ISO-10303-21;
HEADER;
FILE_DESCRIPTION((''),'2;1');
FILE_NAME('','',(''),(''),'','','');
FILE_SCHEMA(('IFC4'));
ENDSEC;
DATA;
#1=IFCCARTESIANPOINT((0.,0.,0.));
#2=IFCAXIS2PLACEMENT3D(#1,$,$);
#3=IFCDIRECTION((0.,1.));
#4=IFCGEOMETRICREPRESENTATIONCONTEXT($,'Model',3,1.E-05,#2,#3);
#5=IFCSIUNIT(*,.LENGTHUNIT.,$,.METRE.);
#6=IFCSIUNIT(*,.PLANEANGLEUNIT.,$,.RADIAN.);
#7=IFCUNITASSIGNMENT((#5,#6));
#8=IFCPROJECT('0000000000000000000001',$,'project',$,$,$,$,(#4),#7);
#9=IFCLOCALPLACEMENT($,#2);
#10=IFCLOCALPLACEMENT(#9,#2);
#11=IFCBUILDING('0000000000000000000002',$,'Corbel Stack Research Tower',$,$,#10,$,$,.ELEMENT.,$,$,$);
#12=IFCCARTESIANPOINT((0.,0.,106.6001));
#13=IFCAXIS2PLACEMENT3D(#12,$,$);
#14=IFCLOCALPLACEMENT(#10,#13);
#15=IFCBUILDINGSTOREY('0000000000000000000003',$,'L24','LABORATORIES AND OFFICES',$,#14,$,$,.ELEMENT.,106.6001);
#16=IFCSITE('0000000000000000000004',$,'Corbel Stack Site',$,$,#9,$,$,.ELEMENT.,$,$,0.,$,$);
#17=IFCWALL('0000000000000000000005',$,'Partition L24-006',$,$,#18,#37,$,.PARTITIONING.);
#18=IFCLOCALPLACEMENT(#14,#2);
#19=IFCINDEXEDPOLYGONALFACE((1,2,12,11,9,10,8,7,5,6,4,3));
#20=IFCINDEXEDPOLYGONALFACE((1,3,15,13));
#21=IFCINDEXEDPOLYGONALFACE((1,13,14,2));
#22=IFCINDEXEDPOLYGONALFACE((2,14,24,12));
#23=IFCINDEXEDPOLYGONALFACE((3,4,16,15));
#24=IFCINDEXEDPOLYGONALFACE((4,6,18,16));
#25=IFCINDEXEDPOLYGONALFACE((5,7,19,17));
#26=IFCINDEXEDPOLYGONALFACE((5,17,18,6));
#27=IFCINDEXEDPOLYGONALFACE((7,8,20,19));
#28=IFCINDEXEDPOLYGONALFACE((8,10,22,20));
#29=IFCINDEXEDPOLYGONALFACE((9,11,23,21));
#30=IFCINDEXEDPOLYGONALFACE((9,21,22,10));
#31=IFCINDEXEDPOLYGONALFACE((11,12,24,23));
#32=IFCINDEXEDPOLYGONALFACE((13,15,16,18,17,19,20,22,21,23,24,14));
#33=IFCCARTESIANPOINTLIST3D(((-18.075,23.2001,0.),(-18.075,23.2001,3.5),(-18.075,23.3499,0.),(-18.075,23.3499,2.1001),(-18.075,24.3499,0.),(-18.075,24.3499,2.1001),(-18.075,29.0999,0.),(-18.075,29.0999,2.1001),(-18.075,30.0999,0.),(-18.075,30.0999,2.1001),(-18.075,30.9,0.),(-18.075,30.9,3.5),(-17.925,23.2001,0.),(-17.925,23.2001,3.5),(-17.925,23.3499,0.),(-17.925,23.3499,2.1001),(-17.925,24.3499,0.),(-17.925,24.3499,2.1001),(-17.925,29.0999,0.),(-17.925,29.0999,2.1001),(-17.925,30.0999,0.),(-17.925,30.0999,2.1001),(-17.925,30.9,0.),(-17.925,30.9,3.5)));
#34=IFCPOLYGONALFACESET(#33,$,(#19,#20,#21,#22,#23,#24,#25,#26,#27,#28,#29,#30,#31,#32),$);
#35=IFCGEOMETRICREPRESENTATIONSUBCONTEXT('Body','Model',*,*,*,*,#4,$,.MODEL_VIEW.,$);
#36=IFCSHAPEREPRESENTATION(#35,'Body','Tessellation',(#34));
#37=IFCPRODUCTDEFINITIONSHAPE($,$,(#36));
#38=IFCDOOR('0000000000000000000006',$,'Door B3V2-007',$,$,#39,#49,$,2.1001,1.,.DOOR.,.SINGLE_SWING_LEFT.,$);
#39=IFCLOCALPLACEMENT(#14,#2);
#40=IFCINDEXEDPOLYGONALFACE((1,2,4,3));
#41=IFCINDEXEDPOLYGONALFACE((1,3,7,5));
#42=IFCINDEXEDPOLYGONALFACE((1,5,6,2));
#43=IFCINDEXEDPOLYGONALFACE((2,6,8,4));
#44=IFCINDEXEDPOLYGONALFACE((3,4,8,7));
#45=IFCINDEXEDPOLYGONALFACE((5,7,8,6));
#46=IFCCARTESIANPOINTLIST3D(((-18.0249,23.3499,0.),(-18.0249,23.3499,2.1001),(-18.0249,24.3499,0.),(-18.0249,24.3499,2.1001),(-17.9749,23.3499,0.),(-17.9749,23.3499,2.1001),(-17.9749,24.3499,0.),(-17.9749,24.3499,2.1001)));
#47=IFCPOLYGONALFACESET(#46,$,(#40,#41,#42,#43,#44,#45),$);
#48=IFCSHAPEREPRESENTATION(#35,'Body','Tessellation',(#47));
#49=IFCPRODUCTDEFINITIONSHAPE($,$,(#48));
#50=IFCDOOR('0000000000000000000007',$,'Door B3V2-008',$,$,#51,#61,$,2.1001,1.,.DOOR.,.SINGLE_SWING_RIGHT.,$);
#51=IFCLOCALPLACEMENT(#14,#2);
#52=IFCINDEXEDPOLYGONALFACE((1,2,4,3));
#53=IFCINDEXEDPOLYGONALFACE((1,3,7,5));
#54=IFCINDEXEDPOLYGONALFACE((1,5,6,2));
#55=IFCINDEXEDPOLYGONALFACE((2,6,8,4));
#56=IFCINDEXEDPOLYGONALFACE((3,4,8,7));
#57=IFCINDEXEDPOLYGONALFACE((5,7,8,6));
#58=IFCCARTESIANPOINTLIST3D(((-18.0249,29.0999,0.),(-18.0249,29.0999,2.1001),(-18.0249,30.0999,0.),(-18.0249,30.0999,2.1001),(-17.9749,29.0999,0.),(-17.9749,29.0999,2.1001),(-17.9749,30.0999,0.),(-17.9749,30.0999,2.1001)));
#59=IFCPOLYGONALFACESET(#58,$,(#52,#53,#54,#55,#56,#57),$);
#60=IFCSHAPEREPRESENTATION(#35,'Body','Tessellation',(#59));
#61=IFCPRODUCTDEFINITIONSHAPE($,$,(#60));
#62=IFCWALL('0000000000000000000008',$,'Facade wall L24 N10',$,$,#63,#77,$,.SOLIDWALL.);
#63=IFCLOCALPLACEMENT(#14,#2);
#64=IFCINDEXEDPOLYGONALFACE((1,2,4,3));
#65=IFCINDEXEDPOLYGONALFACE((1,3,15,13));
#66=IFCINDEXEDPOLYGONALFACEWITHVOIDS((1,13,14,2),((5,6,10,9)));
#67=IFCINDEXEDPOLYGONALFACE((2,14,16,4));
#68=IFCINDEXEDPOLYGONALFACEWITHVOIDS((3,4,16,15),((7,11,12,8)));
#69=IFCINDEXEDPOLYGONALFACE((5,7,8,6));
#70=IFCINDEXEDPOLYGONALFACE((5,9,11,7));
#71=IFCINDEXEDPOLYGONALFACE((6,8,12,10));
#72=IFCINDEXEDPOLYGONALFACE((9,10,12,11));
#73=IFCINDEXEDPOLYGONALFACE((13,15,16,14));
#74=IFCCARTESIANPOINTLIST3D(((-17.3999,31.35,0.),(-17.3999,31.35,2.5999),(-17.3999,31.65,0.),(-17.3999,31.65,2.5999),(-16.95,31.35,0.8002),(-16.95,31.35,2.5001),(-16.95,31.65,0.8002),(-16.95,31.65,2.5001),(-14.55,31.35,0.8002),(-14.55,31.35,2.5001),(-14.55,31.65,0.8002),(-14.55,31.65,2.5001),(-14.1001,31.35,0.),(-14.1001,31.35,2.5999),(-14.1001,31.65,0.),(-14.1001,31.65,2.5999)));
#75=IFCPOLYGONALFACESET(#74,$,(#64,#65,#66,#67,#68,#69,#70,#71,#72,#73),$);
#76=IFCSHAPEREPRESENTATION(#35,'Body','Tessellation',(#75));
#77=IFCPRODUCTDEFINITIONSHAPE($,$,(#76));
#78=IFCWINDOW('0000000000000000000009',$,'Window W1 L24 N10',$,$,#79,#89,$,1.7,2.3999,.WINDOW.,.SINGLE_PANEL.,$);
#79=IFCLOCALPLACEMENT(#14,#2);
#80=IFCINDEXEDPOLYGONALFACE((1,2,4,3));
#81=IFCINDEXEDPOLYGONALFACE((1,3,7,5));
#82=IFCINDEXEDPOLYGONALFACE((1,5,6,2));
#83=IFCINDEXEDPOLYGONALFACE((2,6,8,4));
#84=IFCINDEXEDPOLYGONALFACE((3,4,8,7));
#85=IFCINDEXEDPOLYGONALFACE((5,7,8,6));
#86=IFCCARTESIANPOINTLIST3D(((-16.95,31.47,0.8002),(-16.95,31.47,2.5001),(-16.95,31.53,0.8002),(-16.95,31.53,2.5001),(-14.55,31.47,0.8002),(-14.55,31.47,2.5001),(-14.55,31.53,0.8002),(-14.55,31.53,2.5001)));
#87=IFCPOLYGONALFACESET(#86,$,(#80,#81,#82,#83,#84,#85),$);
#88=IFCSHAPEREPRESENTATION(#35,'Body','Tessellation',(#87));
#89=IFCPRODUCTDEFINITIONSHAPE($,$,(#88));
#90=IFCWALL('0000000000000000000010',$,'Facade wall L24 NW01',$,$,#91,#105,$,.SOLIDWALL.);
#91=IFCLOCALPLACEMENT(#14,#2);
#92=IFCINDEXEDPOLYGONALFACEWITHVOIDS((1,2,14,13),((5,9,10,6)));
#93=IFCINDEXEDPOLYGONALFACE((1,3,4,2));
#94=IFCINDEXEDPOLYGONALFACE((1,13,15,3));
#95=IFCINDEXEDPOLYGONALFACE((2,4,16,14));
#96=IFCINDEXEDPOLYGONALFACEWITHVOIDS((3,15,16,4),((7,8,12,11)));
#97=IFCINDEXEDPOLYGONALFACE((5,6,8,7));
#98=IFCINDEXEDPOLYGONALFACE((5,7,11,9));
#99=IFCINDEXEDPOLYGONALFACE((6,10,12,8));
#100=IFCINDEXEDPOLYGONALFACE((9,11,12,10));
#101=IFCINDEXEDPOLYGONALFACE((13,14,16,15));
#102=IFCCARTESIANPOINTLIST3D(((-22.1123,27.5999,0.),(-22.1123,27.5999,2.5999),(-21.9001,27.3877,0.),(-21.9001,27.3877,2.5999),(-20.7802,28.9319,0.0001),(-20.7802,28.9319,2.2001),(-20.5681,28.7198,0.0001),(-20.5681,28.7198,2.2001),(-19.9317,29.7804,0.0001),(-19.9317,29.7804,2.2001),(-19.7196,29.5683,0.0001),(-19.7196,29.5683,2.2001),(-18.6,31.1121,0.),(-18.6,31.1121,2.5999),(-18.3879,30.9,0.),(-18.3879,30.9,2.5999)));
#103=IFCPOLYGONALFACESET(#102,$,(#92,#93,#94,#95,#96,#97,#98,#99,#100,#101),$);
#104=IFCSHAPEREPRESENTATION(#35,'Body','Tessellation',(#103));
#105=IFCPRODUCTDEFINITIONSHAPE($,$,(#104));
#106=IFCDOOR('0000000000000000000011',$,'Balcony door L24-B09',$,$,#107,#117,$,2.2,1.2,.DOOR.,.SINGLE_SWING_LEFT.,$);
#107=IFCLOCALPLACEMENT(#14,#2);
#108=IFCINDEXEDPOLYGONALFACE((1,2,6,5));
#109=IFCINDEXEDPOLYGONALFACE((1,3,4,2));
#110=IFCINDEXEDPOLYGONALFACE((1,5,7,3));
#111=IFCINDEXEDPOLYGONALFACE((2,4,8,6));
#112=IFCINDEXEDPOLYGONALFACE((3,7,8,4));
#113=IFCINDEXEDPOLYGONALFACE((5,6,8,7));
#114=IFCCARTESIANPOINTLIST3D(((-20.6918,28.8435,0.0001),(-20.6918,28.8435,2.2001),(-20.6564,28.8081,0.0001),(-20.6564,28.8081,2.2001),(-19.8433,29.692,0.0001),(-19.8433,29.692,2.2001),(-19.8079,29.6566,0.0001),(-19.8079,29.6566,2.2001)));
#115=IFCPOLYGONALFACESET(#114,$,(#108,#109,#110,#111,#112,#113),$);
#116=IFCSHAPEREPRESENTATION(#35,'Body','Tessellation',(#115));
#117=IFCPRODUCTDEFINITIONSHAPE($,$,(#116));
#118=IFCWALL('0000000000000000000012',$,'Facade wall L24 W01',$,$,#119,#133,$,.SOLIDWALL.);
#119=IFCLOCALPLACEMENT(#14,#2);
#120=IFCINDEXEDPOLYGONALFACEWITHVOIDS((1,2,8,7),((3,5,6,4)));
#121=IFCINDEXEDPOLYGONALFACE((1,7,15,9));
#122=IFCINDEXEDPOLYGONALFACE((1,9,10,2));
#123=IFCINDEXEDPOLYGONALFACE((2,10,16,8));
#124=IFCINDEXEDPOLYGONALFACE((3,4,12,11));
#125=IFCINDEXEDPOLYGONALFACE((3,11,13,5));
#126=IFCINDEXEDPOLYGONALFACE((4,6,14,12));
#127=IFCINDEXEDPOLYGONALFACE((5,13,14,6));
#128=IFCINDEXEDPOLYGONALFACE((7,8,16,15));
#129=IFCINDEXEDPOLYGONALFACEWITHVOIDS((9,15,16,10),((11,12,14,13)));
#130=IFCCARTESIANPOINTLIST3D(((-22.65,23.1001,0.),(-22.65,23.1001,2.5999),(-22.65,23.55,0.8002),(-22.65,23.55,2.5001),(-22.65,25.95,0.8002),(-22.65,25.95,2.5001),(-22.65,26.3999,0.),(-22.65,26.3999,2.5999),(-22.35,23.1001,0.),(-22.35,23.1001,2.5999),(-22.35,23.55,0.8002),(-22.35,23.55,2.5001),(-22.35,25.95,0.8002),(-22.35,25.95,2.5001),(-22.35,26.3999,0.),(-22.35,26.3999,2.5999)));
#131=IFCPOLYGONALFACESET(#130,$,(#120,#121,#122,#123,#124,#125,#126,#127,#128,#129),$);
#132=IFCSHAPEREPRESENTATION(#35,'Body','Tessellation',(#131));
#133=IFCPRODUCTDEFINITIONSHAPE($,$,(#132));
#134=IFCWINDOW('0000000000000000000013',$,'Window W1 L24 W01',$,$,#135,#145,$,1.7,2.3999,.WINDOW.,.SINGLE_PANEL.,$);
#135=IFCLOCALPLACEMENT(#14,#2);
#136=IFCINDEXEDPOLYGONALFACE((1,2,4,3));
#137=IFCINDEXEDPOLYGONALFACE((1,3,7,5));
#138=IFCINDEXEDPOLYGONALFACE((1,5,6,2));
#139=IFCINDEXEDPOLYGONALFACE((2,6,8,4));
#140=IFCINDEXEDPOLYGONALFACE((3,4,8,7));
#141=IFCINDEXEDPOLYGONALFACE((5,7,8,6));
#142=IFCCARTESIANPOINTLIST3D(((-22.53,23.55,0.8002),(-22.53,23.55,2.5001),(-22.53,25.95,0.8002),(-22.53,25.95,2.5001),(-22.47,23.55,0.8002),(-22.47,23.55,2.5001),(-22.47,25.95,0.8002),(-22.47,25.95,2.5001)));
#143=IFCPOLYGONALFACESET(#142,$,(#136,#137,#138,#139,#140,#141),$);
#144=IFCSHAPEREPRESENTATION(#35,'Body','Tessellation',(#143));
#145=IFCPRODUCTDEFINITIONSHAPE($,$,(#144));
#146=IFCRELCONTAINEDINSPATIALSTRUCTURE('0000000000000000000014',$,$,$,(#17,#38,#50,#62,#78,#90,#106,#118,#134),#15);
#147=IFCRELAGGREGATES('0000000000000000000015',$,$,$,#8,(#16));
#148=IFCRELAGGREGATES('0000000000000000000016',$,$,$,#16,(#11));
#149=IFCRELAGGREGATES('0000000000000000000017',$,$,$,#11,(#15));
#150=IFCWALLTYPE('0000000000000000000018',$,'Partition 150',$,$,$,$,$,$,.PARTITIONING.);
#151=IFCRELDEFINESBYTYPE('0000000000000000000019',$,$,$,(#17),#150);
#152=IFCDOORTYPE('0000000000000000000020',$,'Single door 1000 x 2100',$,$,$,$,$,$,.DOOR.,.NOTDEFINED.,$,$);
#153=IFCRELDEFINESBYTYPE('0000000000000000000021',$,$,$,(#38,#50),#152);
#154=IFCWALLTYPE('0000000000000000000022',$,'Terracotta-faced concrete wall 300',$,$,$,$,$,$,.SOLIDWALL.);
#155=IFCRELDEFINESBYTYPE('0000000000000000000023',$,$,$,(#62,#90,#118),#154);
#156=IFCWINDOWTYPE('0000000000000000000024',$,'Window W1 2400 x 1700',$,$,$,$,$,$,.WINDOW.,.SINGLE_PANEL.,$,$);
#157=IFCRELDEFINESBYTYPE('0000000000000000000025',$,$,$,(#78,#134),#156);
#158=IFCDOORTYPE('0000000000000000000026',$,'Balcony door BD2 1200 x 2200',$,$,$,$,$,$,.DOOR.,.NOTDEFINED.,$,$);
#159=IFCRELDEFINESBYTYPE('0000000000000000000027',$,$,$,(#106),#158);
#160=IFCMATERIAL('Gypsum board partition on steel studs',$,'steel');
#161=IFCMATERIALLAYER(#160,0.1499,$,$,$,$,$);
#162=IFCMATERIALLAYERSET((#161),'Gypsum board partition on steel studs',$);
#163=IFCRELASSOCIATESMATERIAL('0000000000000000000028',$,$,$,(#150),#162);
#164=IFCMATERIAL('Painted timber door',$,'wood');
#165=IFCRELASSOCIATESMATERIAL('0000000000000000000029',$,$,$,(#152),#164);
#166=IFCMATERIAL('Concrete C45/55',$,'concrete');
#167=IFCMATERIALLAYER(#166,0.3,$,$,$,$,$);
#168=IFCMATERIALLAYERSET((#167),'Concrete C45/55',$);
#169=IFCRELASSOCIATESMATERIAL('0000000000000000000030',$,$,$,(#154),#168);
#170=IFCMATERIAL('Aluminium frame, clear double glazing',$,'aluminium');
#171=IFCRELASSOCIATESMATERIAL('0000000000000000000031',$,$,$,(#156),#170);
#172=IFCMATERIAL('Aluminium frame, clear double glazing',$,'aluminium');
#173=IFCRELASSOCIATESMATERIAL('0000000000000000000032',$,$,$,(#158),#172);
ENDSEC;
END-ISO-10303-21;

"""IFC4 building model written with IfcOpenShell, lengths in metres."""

from ifc_helpers import new_model, si_unit, direction, frame, frame_2d, origin, place, context, subcontext, project, spatial, rectangle, extrude, material, layer, layer_set, type_object, element, fill, save


model = new_model("IFC4")

# Units and contexts
model_context = context("Model", 3, precision=1e-05, world=origin(), true_north=direction((0.0, 1.0)))
body_context = subcontext(model_context, "Body", "Model", "MODEL_VIEW")
ifc_project = project(units=[si_unit("LENGTHUNIT", "METRE"), si_unit("PLANEANGLEUNIT", "RADIAN")], contexts=[model_context])

# Site, building, storey
site_placement = place(None, origin())
site = spatial("IfcSite", under=ifc_project, at=site_placement, Name="Corbel Stack Site", CompositionType="ELEMENT", RefElevation=0.0)
building_placement = place(site_placement, origin())
building = spatial("IfcBuilding", under=site, at=building_placement, Name="Corbel Stack Research Tower", CompositionType="ELEMENT")
storey_placement = place(building_placement, frame((0.0, 0.0, 106.6001)))
storey = spatial("IfcBuildingStorey", under=building, at=storey_placement, Name="L24", Description="LABORATORIES AND OFFICES", CompositionType="ELEMENT", Elevation=106.6001)

# Shared definitions
ifc_material_1 = material(Name="Gypsum board partition on steel studs", Category="steel")
ifc_layer_1 = layer(ifc_material_1, 0.1499)
ifc_layer_set_1 = layer_set([ifc_layer_1], Name="Gypsum board partition on steel studs")
wall_type_1 = type_object("IfcWallType", Name="Partition 150", PredefinedType="PARTITIONING", material=ifc_layer_set_1)

# Wall, openings, doors
wall_1_placement = place(storey_placement, frame((-18.0, 23.2, 0.0), z_axis=(0.0, 0.0, 1.0), x_axis=(0.0, 1.0, 0.0)))
wall_1 = element("IfcWall", 1, at=wall_1_placement, inside=storey, type_object=wall_type_1, Name="Partition L24-006", PredefinedType="PARTITIONING", context=body_context, shape_type="SweptSolid", body=[
    extrude(rectangle(XDim=7.7, YDim=0.1499, at=frame_2d((3.8501, 0.0))), origin(), (0.0, 0.0, 1.0), 3.5),
])
opening_1_placement = place(wall_1_placement, frame((0.1499, 0.0, 0.0)))
opening_1 = element("IfcOpeningElement", 2, at=opening_1_placement, cuts=wall_1, PredefinedType="OPENING", context=body_context, shape_type="SweptSolid", body=[
    extrude(rectangle(XDim=1.0, YDim=2.1001, at=frame_2d((0.5, 1.05))), frame((0.0, 0.085, 0.0), z_axis=(0.0, -1.0, 0.0), x_axis=(1.0, 0.0, 0.0)), (0.0, 0.0, 1.0), 0.1699),
])
opening_2_placement = place(wall_1_placement, frame((5.8999, 0.0, 0.0)))
opening_2 = element("IfcOpeningElement", 3, at=opening_2_placement, cuts=wall_1, PredefinedType="OPENING", context=body_context, shape_type="SweptSolid", body=[
    extrude(rectangle(XDim=1.0, YDim=2.1001, at=frame_2d((0.5, 1.05))), frame((0.0, 0.085, 0.0), z_axis=(0.0, -1.0, 0.0), x_axis=(1.0, 0.0, 0.0)), (0.0, 0.0, 1.0), 0.1699),
])
ifc_material_2 = material(Name="Painted timber door", Category="wood")
door_type_1 = type_object("IfcDoorType", Name="Single door 1000 x 2100", OperationType="NOTDEFINED", PredefinedType="DOOR", material=ifc_material_2)
door_1_placement = place(opening_1_placement, origin())
door_1 = element("IfcDoor", 4, at=door_1_placement, inside=storey, type_object=door_type_1, Name="Door B3V2-007", OperationType="SINGLE_SWING_LEFT", OverallHeight=2.1001, OverallWidth=1.0, PredefinedType="DOOR", context=body_context, shape_type="SweptSolid", body=[
    extrude(rectangle(XDim=1.0, YDim=2.1001, at=frame_2d((0.5, 1.05))), frame((0.0, 0.0249, 0.0), z_axis=(0.0, -1.0, 0.0), x_axis=(1.0, 0.0, 0.0)), (0.0, 0.0, 1.0), 0.05),
])
fill(opening_1, door_1)
door_2_placement = place(opening_2_placement, origin())
door_2 = element("IfcDoor", 5, at=door_2_placement, inside=storey, type_object=door_type_1, Name="Door B3V2-008", OperationType="SINGLE_SWING_RIGHT", OverallHeight=2.1001, OverallWidth=1.0, PredefinedType="DOOR", context=body_context, shape_type="SweptSolid", body=[
    extrude(rectangle(XDim=1.0, YDim=2.1001, at=frame_2d((0.5, 1.05))), frame((0.0, 0.0249, 0.0), z_axis=(0.0, -1.0, 0.0), x_axis=(1.0, 0.0, 0.0)), (0.0, 0.0, 1.0), 0.05),
])
fill(opening_2, door_2)

# Wall, opening, window
ifc_material_3 = material(Name="Concrete C45/55", Category="concrete")
ifc_layer_2 = layer(ifc_material_3, 0.3)
ifc_layer_set_2 = layer_set([ifc_layer_2], Name="Concrete C45/55")
wall_type_2 = type_object("IfcWallType", Name="Terracotta-faced concrete wall 300", PredefinedType="SOLIDWALL", material=ifc_layer_set_2)
wall_2_placement = place(storey_placement, frame((-17.3999, 31.5, 0.0), z_axis=(0.0, 0.0, 1.0), x_axis=(1.0, 0.0, 0.0)))
wall_2 = element("IfcWall", 6, at=wall_2_placement, inside=storey, type_object=wall_type_2, Name="Facade wall L24 N10", PredefinedType="SOLIDWALL", context=body_context, shape_type="SweptSolid", body=[
    extrude(rectangle(XDim=3.2998, YDim=0.3, at=frame_2d((1.6499, 0.0))), origin(), (0.0, 0.0, 1.0), 2.5999),
])
opening_3_placement = place(wall_2_placement, frame((0.45, 0.0, 0.8)))
opening_3 = element("IfcOpeningElement", 7, at=opening_3_placement, cuts=wall_2, PredefinedType="OPENING", context=body_context, shape_type="SweptSolid", body=[
    extrude(rectangle(XDim=2.3999, YDim=1.7, at=frame_2d((1.2, 0.8501))), frame((0.0, 0.1599, 0.0), z_axis=(0.0, -1.0, 0.0), x_axis=(1.0, 0.0, 0.0)), (0.0, 0.0, 1.0), 0.3201),
])
ifc_material_4 = material(Name="Aluminium frame, clear double glazing", Category="aluminium")
window_type = type_object("IfcWindowType", Name="Window W1 2400 x 1700", PartitioningType="SINGLE_PANEL", PredefinedType="WINDOW", material=ifc_material_4)
window_1_placement = place(opening_3_placement, origin())
window_1 = element("IfcWindow", 8, at=window_1_placement, inside=storey, type_object=window_type, Name="Window W1 L24 N10", OverallHeight=1.7, OverallWidth=2.3999, PartitioningType="SINGLE_PANEL", PredefinedType="WINDOW", context=body_context, shape_type="SweptSolid", body=[
    extrude(rectangle(XDim=2.3999, YDim=1.7, at=frame_2d((1.2, 0.8501))), frame((0.0, 0.03, 0.0), z_axis=(0.0, -1.0, 0.0), x_axis=(1.0, 0.0, 0.0)), (0.0, 0.0, 1.0), 0.0601),
])
fill(opening_3, window_1)

# Wall, opening, door
wall_3_placement = place(storey_placement, frame((-22.0061, 27.4939, 0.0), z_axis=(0.0, 0.0, 1.0), x_axis=(0.707107, 0.707107, 0.0)))
wall_3 = element("IfcWall", 9, at=wall_3_placement, inside=storey, type_object=wall_type_2, Name="Facade wall L24 NW01", PredefinedType="SOLIDWALL", context=body_context, shape_type="SweptSolid", body=[
    extrude(rectangle(XDim=4.967, YDim=0.3, at=frame_2d((2.4834, 0.0))), origin(), (0.0, 0.0, 1.0), 2.5999),
])
opening_4_placement = place(wall_3_placement, frame((1.8835, 0.0, 0.0)))
opening_4 = element("IfcOpeningElement", 10, at=opening_4_placement, cuts=wall_3, PredefinedType="OPENING", context=body_context, shape_type="SweptSolid", body=[
    extrude(rectangle(XDim=1.2, YDim=2.2, at=frame_2d((0.6001, 1.1001))), frame((0.0, 0.1599, 0.0), z_axis=(0.0, -1.0, 0.0), x_axis=(1.0, 0.0, 0.0)), (0.0, 0.0, 1.0), 0.3201),
])
ifc_material_5 = material(Name="Aluminium frame, clear double glazing", Category="aluminium")
door_type_2 = type_object("IfcDoorType", Name="Balcony door BD2 1200 x 2200", OperationType="NOTDEFINED", PredefinedType="DOOR", material=ifc_material_5)
door_3_placement = place(opening_4_placement, origin())
door_3 = element("IfcDoor", 11, at=door_3_placement, inside=storey, type_object=door_type_2, Name="Balcony door L24-B09", OperationType="SINGLE_SWING_LEFT", OverallHeight=2.2, OverallWidth=1.2, PredefinedType="DOOR", context=body_context, shape_type="SweptSolid", body=[
    extrude(rectangle(XDim=1.2, YDim=2.2, at=frame_2d((0.6001, 1.1001))), frame((0.0, 0.0249, 0.0), z_axis=(0.0, -1.0, 0.0), x_axis=(1.0, 0.0, 0.0)), (0.0, 0.0, 1.0), 0.05),
])
fill(opening_4, door_3)

# Wall, opening, window
wall_4_placement = place(storey_placement, frame((-22.5, 23.1001, 0.0), z_axis=(0.0, 0.0, 1.0), x_axis=(0.0, 1.0, 0.0)))
wall_4 = element("IfcWall", 12, at=wall_4_placement, inside=storey, type_object=wall_type_2, Name="Facade wall L24 W01", PredefinedType="SOLIDWALL", context=body_context, shape_type="SweptSolid", body=[
    extrude(rectangle(XDim=3.2998, YDim=0.3, at=frame_2d((1.6499, 0.0))), origin(), (0.0, 0.0, 1.0), 2.5999),
])
opening_5_placement = place(wall_4_placement, frame((0.45, 0.0, 0.8)))
opening_5 = element("IfcOpeningElement", 13, at=opening_5_placement, cuts=wall_4, PredefinedType="OPENING", context=body_context, shape_type="SweptSolid", body=[
    extrude(rectangle(XDim=2.3999, YDim=1.7, at=frame_2d((1.2, 0.8501))), frame((0.0, 0.1599, 0.0), z_axis=(0.0, -1.0, 0.0), x_axis=(1.0, 0.0, 0.0)), (0.0, 0.0, 1.0), 0.3201),
])
window_2_placement = place(opening_5_placement, origin())
window_2 = element("IfcWindow", 14, at=window_2_placement, inside=storey, type_object=window_type, Name="Window W1 L24 W01", OverallHeight=1.7, OverallWidth=2.3999, PartitioningType="SINGLE_PANEL", PredefinedType="WINDOW", context=body_context, shape_type="SweptSolid", body=[
    extrude(rectangle(XDim=2.3999, YDim=1.7, at=frame_2d((1.2, 0.8501))), frame((0.0, 0.03, 0.0), z_axis=(0.0, -1.0, 0.0), x_axis=(1.0, 0.0, 0.0)), (0.0, 0.0, 1.0), 0.0601),
])
fill(opening_5, window_2)

save(model, "model.ifc")
